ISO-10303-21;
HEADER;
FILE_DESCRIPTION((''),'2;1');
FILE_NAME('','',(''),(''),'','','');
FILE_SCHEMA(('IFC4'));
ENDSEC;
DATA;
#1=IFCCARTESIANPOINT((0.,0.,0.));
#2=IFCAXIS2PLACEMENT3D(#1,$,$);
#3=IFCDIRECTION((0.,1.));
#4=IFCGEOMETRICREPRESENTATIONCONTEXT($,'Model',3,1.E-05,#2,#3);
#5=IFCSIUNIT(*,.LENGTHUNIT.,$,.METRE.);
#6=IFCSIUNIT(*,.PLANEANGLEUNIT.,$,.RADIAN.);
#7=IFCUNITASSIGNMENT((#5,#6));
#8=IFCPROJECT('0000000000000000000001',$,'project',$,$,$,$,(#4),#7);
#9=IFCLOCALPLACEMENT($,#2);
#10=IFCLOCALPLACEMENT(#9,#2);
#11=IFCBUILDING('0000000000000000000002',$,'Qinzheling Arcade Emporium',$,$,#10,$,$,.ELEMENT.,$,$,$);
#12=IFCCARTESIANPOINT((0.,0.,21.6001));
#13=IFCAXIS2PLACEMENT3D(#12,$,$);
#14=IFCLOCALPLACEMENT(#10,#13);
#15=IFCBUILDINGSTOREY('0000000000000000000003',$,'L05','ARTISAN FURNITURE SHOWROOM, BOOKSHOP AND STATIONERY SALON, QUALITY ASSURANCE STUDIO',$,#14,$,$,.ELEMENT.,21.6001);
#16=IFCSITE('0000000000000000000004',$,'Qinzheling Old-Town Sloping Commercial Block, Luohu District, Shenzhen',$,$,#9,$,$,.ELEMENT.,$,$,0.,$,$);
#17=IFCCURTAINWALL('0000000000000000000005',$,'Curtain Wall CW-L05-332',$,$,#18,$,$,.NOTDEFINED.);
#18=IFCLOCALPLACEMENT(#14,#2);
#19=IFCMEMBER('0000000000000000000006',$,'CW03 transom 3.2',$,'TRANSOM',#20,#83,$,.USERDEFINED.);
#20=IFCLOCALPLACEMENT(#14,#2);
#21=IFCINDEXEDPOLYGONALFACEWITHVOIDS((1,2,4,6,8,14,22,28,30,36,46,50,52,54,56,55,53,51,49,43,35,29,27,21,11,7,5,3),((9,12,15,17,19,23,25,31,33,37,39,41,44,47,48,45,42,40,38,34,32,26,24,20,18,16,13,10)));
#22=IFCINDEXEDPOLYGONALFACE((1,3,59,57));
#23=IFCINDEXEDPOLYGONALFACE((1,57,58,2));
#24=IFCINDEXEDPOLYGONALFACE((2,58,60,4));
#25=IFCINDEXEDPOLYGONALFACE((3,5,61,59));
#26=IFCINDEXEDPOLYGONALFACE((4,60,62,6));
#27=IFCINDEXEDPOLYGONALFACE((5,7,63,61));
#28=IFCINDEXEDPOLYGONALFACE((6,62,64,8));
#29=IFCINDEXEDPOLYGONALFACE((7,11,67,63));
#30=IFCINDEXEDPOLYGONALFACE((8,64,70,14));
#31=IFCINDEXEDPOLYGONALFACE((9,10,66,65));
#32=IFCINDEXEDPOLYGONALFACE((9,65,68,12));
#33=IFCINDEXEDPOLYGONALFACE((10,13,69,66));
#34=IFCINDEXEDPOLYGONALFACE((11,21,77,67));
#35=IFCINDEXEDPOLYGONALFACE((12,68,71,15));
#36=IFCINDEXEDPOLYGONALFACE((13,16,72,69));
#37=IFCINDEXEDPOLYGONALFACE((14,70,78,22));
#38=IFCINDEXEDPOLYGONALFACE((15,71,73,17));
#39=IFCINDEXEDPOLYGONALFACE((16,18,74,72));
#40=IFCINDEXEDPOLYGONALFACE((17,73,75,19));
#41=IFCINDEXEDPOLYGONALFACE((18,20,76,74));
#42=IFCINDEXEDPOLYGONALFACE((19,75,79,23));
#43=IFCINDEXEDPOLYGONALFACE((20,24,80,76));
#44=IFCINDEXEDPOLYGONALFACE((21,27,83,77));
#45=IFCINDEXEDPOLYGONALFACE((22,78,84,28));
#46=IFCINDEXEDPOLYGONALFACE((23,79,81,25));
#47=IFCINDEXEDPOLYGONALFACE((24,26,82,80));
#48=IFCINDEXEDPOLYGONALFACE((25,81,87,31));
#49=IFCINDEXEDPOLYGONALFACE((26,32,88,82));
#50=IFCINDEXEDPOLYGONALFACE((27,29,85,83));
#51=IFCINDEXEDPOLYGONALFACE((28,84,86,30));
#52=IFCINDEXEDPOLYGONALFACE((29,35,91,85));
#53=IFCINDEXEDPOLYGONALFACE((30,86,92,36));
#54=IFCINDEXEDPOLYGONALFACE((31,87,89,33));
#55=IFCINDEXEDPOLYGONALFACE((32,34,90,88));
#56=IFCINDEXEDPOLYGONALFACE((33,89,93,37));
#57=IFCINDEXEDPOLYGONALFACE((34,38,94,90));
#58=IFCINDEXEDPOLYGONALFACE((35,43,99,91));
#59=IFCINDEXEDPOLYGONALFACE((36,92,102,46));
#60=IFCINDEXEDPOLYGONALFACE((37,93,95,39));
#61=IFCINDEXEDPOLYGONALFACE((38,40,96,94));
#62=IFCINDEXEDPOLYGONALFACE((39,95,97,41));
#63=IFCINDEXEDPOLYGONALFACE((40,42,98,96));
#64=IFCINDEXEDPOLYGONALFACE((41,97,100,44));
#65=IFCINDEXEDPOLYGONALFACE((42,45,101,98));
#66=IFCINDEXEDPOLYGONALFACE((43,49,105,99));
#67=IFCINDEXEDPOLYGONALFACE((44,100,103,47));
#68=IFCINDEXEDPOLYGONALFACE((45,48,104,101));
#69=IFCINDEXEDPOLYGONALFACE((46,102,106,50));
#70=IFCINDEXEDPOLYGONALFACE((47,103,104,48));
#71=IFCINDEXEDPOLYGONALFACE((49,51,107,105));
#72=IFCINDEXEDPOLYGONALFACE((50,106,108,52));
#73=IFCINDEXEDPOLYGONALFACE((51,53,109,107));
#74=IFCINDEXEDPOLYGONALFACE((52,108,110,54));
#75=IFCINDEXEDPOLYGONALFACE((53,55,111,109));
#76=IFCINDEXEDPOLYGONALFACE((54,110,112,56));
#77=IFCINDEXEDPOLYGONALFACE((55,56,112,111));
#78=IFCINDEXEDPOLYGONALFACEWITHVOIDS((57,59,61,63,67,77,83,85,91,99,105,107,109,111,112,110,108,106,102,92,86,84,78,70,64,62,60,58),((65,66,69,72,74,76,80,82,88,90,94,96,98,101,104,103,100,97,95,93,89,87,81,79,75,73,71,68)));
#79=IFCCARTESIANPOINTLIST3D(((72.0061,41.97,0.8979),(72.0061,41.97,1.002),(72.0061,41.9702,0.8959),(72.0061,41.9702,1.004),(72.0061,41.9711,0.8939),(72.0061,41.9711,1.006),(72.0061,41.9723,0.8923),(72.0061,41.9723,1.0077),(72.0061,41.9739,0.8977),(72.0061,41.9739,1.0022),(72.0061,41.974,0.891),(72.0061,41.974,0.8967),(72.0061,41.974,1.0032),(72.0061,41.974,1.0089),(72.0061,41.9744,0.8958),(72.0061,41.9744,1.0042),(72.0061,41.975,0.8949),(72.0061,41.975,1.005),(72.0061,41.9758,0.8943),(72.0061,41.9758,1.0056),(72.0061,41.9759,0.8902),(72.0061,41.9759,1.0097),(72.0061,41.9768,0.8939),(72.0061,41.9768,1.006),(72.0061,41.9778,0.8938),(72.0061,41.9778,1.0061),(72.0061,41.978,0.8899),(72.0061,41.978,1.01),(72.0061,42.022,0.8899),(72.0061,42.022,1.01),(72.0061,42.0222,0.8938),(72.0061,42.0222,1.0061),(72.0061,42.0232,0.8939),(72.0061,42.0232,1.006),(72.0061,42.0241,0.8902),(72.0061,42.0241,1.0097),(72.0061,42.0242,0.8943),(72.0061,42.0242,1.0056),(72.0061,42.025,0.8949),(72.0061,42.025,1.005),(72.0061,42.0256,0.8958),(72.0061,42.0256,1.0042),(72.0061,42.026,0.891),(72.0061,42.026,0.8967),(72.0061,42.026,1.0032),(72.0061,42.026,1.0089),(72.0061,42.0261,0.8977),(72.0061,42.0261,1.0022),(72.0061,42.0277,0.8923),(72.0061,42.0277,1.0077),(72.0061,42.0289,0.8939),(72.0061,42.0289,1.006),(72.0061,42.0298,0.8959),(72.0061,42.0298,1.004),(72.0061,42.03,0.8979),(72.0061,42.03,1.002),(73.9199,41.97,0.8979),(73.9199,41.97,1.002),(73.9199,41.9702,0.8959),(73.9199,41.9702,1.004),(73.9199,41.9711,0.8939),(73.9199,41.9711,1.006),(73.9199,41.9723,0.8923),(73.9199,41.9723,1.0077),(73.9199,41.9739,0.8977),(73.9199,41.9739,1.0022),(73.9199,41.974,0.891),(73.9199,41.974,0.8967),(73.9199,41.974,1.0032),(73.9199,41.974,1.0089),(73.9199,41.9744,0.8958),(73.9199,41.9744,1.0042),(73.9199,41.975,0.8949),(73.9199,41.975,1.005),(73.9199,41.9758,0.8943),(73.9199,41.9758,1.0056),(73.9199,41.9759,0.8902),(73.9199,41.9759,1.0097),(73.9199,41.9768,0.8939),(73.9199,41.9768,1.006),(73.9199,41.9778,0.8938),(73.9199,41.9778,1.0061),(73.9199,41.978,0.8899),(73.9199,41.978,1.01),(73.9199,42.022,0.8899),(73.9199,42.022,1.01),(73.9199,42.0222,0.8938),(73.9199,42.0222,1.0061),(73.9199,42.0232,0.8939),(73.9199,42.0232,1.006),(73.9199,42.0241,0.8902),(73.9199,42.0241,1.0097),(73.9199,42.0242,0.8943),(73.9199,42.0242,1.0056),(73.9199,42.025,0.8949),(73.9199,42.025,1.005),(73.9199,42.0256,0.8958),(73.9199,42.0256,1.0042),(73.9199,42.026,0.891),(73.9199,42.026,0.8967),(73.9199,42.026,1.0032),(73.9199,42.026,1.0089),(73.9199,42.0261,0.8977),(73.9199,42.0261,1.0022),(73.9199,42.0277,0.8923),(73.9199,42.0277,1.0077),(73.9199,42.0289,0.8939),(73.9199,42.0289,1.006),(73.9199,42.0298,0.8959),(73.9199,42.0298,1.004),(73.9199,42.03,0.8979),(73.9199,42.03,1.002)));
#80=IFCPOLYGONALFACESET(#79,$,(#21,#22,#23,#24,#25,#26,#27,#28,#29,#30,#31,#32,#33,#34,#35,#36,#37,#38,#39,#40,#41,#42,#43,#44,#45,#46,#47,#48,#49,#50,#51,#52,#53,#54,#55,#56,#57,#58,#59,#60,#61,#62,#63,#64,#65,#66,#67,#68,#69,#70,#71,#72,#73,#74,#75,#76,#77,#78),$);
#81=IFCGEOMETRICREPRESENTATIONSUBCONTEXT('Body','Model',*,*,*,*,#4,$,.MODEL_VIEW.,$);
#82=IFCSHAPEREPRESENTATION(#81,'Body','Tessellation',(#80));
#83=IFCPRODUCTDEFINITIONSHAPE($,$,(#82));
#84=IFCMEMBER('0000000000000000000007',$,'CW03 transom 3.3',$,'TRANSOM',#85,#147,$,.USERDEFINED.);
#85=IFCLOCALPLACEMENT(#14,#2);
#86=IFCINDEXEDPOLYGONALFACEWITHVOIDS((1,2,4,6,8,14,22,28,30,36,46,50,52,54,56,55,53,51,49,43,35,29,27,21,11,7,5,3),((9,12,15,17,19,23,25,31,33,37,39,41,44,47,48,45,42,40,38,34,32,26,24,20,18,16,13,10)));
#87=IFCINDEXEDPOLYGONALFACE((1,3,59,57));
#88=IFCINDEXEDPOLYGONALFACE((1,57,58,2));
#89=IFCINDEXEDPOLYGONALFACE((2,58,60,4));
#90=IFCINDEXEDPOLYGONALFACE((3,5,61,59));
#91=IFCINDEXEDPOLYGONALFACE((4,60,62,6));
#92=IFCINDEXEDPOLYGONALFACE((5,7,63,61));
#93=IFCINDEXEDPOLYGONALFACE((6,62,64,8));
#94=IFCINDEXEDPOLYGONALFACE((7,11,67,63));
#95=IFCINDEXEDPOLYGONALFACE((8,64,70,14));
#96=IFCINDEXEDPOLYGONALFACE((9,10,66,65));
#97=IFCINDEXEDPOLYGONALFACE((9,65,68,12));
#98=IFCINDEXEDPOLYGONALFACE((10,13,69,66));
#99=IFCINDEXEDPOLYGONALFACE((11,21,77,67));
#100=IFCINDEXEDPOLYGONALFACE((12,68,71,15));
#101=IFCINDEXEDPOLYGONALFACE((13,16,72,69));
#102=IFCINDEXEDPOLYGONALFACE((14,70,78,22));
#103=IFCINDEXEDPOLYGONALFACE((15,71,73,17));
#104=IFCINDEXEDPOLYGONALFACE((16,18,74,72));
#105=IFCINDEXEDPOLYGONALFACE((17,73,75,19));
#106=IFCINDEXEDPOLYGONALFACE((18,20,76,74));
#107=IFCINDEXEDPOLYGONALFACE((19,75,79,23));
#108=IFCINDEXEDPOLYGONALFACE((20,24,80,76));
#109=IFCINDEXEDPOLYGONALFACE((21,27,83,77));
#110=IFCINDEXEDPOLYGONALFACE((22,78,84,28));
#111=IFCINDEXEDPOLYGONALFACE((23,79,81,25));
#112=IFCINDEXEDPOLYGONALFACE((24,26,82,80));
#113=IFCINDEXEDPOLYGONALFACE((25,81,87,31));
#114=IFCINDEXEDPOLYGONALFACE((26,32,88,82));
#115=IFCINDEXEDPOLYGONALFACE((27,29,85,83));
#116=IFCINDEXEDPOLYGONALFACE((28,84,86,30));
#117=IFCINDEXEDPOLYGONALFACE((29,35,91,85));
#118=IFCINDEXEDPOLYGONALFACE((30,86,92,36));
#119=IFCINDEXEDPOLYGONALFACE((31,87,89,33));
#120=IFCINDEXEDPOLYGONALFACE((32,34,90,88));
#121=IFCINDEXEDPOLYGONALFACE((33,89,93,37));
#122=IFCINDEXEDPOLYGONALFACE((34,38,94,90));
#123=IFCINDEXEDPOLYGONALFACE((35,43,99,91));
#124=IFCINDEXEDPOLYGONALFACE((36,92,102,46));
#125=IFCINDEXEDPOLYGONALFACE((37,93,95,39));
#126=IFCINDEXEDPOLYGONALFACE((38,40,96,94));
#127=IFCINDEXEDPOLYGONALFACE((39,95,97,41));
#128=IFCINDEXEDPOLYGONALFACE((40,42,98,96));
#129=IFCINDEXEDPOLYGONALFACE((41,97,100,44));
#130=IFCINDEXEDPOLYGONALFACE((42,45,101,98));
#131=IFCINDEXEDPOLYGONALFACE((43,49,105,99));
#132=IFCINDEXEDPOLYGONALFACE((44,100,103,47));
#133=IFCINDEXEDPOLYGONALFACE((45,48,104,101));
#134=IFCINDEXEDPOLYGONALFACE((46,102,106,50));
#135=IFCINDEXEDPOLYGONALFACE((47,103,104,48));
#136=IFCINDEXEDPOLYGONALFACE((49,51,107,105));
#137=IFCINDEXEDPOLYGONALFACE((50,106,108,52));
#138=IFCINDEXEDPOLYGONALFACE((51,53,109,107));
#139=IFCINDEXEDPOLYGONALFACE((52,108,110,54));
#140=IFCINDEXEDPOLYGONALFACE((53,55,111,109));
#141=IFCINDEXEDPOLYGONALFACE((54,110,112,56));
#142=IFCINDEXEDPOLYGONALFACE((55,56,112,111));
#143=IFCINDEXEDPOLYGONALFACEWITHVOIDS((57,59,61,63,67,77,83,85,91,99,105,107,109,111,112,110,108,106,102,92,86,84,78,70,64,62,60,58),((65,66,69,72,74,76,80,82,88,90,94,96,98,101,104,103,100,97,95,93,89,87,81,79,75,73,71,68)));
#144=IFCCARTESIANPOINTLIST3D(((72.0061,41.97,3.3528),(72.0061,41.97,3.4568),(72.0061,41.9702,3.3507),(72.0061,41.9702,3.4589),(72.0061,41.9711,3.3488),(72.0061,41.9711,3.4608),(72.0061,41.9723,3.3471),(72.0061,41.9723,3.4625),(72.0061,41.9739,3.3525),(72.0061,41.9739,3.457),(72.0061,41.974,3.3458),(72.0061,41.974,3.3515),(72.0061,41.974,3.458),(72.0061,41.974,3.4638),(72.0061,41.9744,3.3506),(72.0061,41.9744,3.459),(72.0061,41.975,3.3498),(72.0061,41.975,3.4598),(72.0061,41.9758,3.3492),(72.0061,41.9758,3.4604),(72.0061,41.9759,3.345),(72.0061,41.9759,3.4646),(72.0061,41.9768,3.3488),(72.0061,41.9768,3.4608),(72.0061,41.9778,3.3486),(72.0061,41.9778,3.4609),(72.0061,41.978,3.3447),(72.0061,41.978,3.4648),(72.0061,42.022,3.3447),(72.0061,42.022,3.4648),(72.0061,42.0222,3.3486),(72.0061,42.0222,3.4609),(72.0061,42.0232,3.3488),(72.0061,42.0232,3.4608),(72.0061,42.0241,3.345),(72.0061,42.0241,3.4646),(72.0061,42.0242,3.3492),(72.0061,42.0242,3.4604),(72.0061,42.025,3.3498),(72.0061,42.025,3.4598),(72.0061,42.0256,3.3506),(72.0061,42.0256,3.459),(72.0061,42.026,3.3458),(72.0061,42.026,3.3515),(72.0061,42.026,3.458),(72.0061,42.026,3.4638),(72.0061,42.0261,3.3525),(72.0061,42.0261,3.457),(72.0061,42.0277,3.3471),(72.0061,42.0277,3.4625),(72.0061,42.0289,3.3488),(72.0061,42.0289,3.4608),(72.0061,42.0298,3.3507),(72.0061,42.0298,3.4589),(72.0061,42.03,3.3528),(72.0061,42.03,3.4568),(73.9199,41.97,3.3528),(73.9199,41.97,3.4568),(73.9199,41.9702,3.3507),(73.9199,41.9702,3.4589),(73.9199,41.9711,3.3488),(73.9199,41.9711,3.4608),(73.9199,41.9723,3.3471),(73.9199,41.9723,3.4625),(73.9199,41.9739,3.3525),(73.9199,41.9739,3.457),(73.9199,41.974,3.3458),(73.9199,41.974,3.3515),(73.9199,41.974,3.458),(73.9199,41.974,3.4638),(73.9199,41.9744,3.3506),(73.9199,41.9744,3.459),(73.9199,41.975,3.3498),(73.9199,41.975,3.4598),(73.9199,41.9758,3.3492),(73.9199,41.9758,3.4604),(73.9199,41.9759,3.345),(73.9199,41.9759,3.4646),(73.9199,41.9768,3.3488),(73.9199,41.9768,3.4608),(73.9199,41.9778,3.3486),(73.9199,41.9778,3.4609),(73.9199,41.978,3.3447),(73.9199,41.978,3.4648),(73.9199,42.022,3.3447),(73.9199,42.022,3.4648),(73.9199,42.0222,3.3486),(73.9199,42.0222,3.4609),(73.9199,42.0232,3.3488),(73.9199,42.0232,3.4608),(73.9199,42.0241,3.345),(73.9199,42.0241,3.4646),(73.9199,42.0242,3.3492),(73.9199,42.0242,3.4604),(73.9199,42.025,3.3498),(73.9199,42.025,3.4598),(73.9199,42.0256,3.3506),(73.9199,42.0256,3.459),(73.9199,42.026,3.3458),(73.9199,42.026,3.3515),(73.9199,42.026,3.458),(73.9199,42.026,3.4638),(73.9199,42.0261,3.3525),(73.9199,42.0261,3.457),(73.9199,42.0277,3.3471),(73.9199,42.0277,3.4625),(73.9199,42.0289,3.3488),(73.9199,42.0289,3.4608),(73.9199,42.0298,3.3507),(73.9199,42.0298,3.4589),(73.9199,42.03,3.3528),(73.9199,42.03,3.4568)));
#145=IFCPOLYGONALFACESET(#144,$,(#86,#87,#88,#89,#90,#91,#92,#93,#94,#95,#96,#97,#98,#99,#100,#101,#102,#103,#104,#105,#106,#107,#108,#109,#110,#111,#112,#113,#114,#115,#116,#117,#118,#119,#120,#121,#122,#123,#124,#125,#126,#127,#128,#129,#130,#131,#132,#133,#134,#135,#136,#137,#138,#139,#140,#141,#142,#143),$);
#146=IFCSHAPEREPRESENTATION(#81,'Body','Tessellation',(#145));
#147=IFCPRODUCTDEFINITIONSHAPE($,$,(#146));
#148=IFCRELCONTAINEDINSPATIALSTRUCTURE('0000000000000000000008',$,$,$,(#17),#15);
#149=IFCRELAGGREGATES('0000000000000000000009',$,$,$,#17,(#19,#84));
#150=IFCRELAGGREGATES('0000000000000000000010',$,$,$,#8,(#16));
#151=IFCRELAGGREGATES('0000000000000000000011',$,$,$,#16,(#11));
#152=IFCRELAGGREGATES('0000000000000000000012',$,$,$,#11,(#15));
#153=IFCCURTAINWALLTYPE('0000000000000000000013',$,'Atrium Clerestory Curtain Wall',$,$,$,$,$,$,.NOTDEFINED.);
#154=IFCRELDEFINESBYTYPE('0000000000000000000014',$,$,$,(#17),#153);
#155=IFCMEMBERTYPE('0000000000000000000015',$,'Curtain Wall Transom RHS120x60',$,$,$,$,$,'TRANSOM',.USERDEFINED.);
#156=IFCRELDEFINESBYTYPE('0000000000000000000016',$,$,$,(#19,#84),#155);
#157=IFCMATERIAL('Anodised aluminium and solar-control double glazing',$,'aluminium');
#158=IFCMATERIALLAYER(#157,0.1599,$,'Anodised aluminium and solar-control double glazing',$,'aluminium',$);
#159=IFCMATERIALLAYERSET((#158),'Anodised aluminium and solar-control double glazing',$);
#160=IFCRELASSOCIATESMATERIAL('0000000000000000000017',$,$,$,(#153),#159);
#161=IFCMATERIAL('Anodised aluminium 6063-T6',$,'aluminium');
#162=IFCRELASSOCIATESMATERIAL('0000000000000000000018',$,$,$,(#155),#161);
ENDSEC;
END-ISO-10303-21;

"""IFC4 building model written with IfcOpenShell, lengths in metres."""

from ifc_helpers import new_model, si_unit, direction, frame, origin, origin_2d, place, context, subcontext, project, spatial, hollow_rectangle, extrude, material, layer, layer_set, material_profile, profile_set, type_object, element, aggregate, save


model = new_model("IFC4")

# Units and contexts
model_context = context("Model", 3, precision=1e-05, world=origin(), true_north=direction((0.0, 1.0)))
body_context = subcontext(model_context, "Body", "Model", "MODEL_VIEW")
ifc_project = project(units=[si_unit("LENGTHUNIT", "METRE"), si_unit("PLANEANGLEUNIT", "RADIAN")], contexts=[model_context])

# Site, building, storey
site_placement = place(None, origin())
site = spatial("IfcSite", under=ifc_project, at=site_placement, Name="Qinzheling Old-Town Sloping Commercial Block, Luohu District, Shenzhen", CompositionType="ELEMENT", RefElevation=0.0)
building_placement = place(site_placement, origin())
building = spatial("IfcBuilding", under=site, at=building_placement, Name="Qinzheling Arcade Emporium", CompositionType="ELEMENT")
storey_placement = place(building_placement, frame((0.0, 0.0, 21.6001)))
storey = spatial("IfcBuildingStorey", under=building, at=storey_placement, Name="L05", Description="ARTISAN FURNITURE SHOWROOM, BOOKSHOP AND STATIONERY SALON, QUALITY ASSURANCE STUDIO", CompositionType="ELEMENT", Elevation=21.6001)

# Curtain wall, members
ifc_material_1 = material(Name="Anodised aluminium and solar-control double glazing", Category="aluminium")
ifc_layer_1 = layer(ifc_material_1, 0.1599, Name="Anodised aluminium and solar-control double glazing", Category="aluminium")
ifc_layer_set_1 = layer_set([ifc_layer_1], Name="Anodised aluminium and solar-control double glazing")
curtain_wall_type = type_object("IfcCurtainWallType", Name="Atrium Clerestory Curtain Wall", PredefinedType="NOTDEFINED", material=ifc_layer_set_1)
curtain_wall_placement = place(storey_placement, origin())
curtain_wall = element("IfcCurtainWall", 1, at=curtain_wall_placement, inside=storey, type_object=curtain_wall_type, Name="Curtain Wall CW-L05-332", PredefinedType="NOTDEFINED")
ifc_material_2 = material(Name="Anodised aluminium 6063-T6", Category="aluminium")
ifc_material_profile_1 = material_profile(ifc_material_2, hollow_rectangle(XDim=0.0601, YDim=0.1201, WallThickness=0.0039, InnerFilletRadius=0.0039, OuterFilletRadius=0.0081, at=origin_2d()), Name="RHS 120x60x4", Category="aluminium")
ifc_profile_set_1 = profile_set([ifc_material_profile_1], Name="Anodised aluminium 6063-T6")
member_type_1 = type_object("IfcMemberType", Name="Curtain Wall Transom RHS120x60", ElementType="TRANSOM", PredefinedType="USERDEFINED", material=ifc_profile_set_1)
member_1_placement = place(storey_placement, frame((73.9199, 42.0, 0.95), z_axis=(-1.0, 0.0, 0.0), x_axis=(0.0, -1.0, 0.0)))
member_1 = element("IfcMember", 2, at=member_1_placement, type_object=member_type_1, Name="CW03 transom 3.2", ObjectType="TRANSOM", PredefinedType="USERDEFINED", context=body_context, shape_type="SweptSolid", body=[
    extrude(hollow_rectangle(XDim=0.0601, YDim=0.1201, WallThickness=0.0039, InnerFilletRadius=0.0039, OuterFilletRadius=0.0081, at=origin_2d()), origin(), (0.0, 0.0, 1.0), 1.9138),
])
member_2_placement = place(storey_placement, frame((73.9199, 42.0, 3.4048), z_axis=(-1.0, 0.0, 0.0), x_axis=(0.0, -1.0, 0.0)))
member_2 = element("IfcMember", 3, at=member_2_placement, type_object=member_type_1, Name="CW03 transom 3.3", ObjectType="TRANSOM", PredefinedType="USERDEFINED", context=body_context, shape_type="SweptSolid", body=[
    extrude(hollow_rectangle(XDim=0.0601, YDim=0.1201, WallThickness=0.0039, InnerFilletRadius=0.0039, OuterFilletRadius=0.0081, at=origin_2d()), origin(), (0.0, 0.0, 1.0), 1.9138),
])

aggregate(curtain_wall, [member_1, member_2])

save(model, "model.ifc")
